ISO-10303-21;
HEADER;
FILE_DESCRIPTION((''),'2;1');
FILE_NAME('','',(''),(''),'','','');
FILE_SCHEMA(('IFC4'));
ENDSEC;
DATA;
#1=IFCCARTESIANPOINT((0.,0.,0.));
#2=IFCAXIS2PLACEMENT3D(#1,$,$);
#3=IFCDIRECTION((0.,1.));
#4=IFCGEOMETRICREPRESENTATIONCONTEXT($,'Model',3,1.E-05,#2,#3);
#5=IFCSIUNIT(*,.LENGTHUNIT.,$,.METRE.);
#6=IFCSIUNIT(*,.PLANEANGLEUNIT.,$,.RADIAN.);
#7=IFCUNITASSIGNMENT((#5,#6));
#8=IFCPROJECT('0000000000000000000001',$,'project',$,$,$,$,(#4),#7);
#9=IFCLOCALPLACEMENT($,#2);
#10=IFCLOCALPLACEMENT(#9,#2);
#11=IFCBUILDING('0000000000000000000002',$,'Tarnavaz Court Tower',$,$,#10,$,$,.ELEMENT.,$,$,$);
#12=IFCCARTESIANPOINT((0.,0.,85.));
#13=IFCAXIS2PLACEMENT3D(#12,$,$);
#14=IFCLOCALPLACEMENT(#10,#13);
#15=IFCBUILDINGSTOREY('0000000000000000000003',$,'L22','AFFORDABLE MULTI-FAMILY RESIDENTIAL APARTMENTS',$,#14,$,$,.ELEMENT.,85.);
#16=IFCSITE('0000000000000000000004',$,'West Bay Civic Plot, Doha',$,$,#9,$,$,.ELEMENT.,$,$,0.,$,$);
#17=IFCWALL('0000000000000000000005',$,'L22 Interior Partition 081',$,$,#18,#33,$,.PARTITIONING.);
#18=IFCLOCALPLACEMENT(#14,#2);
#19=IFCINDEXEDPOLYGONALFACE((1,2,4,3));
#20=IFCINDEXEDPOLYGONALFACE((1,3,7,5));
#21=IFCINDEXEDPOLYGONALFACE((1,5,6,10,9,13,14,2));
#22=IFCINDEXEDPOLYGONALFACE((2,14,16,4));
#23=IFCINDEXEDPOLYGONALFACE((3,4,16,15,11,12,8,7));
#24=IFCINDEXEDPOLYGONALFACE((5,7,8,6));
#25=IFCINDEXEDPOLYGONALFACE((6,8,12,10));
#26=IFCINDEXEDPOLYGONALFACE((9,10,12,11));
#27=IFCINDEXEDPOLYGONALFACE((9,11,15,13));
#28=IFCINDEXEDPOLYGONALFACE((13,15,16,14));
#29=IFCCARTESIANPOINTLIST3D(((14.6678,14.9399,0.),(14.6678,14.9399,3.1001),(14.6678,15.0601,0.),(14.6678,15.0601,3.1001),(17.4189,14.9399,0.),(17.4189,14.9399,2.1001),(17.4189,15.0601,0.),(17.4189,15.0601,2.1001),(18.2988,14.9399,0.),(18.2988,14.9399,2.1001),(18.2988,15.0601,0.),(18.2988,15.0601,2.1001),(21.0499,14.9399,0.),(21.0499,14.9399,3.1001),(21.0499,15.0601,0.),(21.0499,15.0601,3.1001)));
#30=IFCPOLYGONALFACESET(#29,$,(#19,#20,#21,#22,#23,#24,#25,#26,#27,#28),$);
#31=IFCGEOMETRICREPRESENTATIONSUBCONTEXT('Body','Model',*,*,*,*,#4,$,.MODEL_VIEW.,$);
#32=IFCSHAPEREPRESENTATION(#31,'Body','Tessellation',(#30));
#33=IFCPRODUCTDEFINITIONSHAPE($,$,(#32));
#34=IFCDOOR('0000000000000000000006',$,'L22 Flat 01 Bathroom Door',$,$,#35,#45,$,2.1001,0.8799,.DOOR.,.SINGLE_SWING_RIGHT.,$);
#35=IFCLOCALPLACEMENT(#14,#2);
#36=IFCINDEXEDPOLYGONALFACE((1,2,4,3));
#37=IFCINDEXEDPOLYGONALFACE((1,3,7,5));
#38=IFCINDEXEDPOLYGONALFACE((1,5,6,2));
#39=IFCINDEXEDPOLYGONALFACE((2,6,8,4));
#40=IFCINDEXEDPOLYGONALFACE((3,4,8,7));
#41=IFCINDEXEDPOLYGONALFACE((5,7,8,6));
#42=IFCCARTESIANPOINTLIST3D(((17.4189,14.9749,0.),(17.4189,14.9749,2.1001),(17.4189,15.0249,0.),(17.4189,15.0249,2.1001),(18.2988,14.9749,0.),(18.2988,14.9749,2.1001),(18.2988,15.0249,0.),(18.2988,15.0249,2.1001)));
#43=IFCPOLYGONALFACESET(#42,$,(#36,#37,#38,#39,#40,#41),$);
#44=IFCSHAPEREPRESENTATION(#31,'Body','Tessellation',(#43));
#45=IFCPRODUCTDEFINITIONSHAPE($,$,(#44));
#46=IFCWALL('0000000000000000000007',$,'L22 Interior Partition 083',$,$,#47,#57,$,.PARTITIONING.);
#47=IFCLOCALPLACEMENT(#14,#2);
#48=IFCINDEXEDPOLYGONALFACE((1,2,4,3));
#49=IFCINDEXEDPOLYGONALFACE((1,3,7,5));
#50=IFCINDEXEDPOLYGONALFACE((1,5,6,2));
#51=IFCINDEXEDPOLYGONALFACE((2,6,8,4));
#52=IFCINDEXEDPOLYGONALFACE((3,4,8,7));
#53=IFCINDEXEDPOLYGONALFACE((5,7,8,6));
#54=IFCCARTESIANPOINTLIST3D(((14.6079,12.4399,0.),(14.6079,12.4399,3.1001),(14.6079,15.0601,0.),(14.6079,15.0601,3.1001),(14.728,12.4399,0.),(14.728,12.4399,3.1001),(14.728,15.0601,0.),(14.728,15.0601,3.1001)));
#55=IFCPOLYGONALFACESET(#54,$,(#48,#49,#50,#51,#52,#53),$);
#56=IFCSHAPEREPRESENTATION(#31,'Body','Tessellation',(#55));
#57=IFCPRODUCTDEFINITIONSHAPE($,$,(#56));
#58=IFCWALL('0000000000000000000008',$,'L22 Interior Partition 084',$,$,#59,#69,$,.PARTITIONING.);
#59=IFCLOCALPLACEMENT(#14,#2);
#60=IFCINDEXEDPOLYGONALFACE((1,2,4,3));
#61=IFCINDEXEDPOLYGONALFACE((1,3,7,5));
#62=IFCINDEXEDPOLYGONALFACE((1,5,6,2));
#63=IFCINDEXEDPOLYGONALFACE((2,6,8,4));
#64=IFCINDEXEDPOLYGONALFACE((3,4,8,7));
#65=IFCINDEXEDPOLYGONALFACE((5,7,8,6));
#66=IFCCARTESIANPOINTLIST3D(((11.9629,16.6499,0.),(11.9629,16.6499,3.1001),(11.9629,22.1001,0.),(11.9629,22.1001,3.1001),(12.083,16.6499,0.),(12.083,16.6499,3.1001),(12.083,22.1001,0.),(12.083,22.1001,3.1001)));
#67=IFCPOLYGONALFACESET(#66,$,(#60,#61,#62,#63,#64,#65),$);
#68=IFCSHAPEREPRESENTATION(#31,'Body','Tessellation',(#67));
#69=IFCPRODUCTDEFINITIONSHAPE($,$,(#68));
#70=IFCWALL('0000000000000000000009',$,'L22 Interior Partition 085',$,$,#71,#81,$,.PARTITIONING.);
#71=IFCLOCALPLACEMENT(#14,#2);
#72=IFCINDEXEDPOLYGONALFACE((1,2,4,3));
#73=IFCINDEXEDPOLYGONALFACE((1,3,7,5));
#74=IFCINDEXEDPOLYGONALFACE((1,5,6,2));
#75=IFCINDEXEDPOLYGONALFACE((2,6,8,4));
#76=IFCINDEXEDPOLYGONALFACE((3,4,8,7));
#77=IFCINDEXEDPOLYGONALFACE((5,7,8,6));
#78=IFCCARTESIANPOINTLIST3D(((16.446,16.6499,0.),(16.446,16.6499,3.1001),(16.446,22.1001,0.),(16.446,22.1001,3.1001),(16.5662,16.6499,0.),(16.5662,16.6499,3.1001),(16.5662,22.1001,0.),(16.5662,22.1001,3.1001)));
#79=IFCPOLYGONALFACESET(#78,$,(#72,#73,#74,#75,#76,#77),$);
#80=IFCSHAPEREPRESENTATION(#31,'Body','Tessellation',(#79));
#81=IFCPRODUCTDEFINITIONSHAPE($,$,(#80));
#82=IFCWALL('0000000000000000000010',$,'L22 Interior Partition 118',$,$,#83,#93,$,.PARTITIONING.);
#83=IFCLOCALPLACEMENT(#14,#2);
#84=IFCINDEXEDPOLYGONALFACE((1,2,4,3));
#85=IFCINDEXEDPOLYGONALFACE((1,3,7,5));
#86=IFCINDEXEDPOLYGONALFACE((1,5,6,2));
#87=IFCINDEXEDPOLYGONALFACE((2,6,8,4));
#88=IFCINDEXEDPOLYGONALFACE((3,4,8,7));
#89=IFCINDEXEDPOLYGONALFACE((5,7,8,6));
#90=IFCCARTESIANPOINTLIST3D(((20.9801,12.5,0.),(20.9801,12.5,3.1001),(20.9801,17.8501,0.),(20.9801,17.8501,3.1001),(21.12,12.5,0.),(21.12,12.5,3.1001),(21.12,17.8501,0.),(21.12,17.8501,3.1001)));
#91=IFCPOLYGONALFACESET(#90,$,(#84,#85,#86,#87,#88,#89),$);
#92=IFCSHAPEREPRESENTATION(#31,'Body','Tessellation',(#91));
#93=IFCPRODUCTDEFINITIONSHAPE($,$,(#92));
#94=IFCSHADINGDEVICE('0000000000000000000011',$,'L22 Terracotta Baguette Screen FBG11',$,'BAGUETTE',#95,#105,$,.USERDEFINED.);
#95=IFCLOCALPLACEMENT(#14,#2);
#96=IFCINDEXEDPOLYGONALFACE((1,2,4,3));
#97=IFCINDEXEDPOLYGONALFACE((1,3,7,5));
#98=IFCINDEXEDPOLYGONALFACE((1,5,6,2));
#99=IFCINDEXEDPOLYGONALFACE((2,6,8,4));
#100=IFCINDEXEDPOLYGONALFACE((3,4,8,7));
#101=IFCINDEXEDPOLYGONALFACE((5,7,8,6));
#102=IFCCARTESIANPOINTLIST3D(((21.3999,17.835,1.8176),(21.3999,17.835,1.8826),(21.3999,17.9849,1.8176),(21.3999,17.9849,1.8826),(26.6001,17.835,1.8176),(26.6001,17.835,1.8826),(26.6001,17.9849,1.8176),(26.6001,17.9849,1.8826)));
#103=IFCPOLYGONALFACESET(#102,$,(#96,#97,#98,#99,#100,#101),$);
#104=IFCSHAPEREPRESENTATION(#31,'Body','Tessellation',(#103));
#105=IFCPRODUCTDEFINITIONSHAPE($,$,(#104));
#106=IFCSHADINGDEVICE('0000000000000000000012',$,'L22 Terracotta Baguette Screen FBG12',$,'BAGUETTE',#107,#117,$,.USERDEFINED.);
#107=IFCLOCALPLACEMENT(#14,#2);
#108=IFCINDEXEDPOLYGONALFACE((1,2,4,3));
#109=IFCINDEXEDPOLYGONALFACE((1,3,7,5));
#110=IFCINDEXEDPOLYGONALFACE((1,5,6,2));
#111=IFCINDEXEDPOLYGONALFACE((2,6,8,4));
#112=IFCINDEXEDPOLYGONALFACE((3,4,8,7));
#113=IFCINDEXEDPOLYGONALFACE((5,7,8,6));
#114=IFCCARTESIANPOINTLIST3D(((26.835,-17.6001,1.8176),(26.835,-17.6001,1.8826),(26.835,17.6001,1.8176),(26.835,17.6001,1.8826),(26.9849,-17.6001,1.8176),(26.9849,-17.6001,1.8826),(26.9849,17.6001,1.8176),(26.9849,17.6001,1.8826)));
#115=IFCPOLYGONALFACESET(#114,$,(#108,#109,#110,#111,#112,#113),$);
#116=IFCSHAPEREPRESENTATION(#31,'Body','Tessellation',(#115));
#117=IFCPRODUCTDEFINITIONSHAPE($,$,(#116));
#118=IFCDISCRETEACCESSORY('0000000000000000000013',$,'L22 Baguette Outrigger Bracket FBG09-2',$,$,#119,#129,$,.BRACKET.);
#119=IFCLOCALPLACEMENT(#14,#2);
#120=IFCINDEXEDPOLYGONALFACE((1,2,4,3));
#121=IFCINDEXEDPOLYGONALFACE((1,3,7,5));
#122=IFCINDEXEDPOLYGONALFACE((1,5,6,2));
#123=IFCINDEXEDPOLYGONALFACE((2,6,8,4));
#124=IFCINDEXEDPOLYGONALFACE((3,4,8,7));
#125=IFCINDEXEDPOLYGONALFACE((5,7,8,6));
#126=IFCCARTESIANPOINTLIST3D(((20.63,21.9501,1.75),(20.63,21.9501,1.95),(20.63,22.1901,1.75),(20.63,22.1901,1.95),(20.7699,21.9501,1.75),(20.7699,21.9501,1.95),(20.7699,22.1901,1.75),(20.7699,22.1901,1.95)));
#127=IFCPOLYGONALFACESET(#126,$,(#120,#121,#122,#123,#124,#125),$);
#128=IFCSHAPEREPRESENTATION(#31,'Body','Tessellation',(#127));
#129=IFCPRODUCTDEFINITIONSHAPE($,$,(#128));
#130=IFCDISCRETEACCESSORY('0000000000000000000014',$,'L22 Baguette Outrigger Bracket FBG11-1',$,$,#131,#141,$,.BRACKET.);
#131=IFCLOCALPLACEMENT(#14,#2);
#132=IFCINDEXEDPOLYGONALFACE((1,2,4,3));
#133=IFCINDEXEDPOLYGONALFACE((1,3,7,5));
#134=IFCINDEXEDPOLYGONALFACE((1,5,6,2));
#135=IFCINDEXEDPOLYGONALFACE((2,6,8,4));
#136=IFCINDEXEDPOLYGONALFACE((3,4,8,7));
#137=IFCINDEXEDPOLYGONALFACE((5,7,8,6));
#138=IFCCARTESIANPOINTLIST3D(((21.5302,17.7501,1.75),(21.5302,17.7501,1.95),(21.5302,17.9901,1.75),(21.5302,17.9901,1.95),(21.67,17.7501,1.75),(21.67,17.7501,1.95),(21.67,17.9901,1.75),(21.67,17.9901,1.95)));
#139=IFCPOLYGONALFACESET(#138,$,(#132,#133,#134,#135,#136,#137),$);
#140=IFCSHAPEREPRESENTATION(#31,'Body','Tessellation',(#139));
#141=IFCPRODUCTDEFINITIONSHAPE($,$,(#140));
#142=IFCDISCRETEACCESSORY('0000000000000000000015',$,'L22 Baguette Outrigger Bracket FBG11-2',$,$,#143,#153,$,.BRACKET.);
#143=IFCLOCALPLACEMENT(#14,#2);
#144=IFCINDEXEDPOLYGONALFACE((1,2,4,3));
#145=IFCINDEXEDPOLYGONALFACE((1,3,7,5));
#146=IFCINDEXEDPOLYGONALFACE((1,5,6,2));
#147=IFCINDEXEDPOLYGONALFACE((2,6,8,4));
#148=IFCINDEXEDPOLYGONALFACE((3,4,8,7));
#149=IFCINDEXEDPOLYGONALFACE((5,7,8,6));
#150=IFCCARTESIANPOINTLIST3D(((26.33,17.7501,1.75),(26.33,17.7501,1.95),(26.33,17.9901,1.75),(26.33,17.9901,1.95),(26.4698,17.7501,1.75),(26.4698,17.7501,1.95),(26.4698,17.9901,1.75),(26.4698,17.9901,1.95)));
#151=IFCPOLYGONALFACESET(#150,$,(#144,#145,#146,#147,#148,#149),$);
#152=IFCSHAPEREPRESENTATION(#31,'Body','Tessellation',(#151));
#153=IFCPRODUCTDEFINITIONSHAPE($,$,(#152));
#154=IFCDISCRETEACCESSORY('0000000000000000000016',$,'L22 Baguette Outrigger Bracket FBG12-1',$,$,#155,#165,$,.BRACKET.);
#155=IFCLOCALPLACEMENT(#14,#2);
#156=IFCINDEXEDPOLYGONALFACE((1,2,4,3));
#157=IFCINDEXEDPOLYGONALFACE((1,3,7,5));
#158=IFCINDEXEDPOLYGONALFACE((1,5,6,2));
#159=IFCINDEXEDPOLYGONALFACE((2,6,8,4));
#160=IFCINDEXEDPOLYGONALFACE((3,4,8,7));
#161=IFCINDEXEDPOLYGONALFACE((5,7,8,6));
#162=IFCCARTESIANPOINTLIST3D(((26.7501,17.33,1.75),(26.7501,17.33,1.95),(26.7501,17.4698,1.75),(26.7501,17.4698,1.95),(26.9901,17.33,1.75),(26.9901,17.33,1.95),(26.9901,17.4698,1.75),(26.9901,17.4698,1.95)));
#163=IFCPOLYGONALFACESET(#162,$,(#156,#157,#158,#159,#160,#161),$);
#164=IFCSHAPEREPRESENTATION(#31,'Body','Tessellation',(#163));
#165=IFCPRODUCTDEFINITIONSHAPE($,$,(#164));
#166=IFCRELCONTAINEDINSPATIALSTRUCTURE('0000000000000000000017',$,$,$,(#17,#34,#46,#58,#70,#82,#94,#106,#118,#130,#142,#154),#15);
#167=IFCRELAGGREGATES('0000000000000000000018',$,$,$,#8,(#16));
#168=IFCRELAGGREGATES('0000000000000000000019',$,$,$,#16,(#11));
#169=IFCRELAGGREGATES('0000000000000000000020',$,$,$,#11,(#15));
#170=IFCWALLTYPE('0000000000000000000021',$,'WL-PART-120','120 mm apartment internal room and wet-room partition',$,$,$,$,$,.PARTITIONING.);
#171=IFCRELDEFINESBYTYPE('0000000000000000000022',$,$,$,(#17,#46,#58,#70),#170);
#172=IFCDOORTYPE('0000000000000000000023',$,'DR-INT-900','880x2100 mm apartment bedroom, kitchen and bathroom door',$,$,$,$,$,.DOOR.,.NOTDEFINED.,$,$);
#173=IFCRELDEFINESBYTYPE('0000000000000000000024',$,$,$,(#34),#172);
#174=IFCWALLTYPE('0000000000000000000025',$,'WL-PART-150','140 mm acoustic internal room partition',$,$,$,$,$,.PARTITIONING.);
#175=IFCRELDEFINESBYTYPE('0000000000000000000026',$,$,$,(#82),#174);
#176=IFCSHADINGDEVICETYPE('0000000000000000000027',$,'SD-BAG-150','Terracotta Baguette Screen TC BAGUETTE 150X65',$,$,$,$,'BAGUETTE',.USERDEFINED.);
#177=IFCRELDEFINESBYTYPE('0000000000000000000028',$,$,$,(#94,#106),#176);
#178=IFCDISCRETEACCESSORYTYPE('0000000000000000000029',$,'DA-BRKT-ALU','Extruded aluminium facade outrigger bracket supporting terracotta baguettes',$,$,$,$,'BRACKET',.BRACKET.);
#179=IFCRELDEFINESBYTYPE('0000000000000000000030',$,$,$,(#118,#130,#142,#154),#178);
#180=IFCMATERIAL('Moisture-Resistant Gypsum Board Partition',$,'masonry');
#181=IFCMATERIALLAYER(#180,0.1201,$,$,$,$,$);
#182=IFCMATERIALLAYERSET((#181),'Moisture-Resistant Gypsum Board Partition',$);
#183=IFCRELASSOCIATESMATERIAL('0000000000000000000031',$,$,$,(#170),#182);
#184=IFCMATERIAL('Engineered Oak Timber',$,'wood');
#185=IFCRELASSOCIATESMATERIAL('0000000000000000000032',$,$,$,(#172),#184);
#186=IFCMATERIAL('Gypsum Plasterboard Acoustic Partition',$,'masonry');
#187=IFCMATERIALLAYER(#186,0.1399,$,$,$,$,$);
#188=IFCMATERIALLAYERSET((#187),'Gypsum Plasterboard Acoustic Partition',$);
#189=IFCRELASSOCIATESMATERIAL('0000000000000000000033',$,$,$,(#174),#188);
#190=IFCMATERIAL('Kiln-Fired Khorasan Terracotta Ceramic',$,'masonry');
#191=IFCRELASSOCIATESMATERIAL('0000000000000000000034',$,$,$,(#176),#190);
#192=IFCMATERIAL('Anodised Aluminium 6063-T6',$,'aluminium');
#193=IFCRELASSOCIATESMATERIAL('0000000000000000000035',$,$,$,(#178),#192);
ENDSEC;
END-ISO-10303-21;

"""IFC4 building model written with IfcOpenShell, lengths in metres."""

from ifc_helpers import new_model, si_unit, direction, frame, frame_2d, origin, origin_2d, place, context, subcontext, project, spatial, rectangle, extrude, material, layer, layer_set, material_profile, profile_set, type_object, element, fill, save


model = new_model("IFC4")

# Units and contexts
model_context = context("Model", 3, precision=1e-05, world=origin(), true_north=direction((0.0, 1.0)))
body_context = subcontext(model_context, "Body", "Model", "MODEL_VIEW")
ifc_project = project(units=[si_unit("LENGTHUNIT", "METRE"), si_unit("PLANEANGLEUNIT", "RADIAN")], contexts=[model_context])

# Site, building, storey
site_placement = place(None, origin())
site = spatial("IfcSite", under=ifc_project, at=site_placement, Name="West Bay Civic Plot, Doha", CompositionType="ELEMENT", RefElevation=0.0)
building_placement = place(site_placement, origin())
building = spatial("IfcBuilding", under=site, at=building_placement, Name="Tarnavaz Court Tower", CompositionType="ELEMENT")
storey_placement = place(building_placement, frame((0.0, 0.0, 85.0)))
storey = spatial("IfcBuildingStorey", under=building, at=storey_placement, Name="L22", Description="AFFORDABLE MULTI-FAMILY RESIDENTIAL APARTMENTS", CompositionType="ELEMENT", Elevation=85.0)

# Wall, opening, door
ifc_material_1 = material(Name="Engineered Oak Timber", Category="wood")
ifc_material_2 = material(Name="Moisture-Resistant Gypsum Board Partition", Category="masonry")
ifc_layer_1 = layer(ifc_material_2, 0.1201)
ifc_layer_set_1 = layer_set([ifc_layer_1], Name="Moisture-Resistant Gypsum Board Partition")
wall_type_1 = type_object("IfcWallType", Name="WL-PART-120", Description="120 mm apartment internal room and wet-room partition", PredefinedType="PARTITIONING", material=ifc_layer_set_1)
wall_1_placement = place(storey_placement, frame((14.668, 15.0, 0.0), z_axis=(0.0, 0.0, 1.0), x_axis=(1.0, 0.0, 0.0)))
wall_1 = element("IfcWall", 1, at=wall_1_placement, inside=storey, type_object=wall_type_1, Name="L22 Interior Partition 081", PredefinedType="PARTITIONING", context=body_context, shape_type="SweptSolid", body=[
    extrude(rectangle(XDim=6.3821, YDim=0.1201, at=frame_2d((3.1909, 0.0))), origin(), (0.0, 0.0, 1.0), 3.1001),
])
opening_1_placement = place(wall_1_placement, frame((2.751, 0.0, 0.0)))
opening_1 = element("IfcOpeningElement", 2, at=opening_1_placement, cuts=wall_1, PredefinedType="OPENING", context=body_context, shape_type="SweptSolid", body=[
    extrude(rectangle(XDim=0.8799, YDim=2.1001, at=frame_2d((0.4399, 1.05))), frame((0.0, 0.0701, 0.0), z_axis=(0.0, -1.0, 0.0), x_axis=(1.0, 0.0, 0.0)), (0.0, 0.0, 1.0), 0.1401),
])
door_type_1 = type_object("IfcDoorType", Name="DR-INT-900", Description="880x2100 mm apartment bedroom, kitchen and bathroom door", OperationType="NOTDEFINED", PredefinedType="DOOR", material=ifc_material_1)
door_1_placement = place(opening_1_placement, origin())
door_1 = element("IfcDoor", 3, at=door_1_placement, inside=storey, type_object=door_type_1, Name="L22 Flat 01 Bathroom Door", OperationType="SINGLE_SWING_RIGHT", OverallHeight=2.1001, OverallWidth=0.8799, PredefinedType="DOOR", context=body_context, shape_type="SweptSolid", body=[
    extrude(rectangle(XDim=0.8799, YDim=2.1001, at=frame_2d((0.4399, 1.05))), frame((0.0, 0.0249, 0.0), z_axis=(0.0, -1.0, 0.0), x_axis=(1.0, 0.0, 0.0)), (0.0, 0.0, 1.0), 0.05),
])
fill(opening_1, door_1)

# Walls
wall_2_placement = place(storey_placement, frame((14.668, 12.4399, 0.0), z_axis=(0.0, 0.0, 1.0), x_axis=(0.0, 1.0, 0.0)))
element("IfcWall", 4, at=wall_2_placement, inside=storey, type_object=wall_type_1, Name="L22 Interior Partition 083", PredefinedType="PARTITIONING", context=body_context, shape_type="SweptSolid", body=[
    extrude(rectangle(XDim=2.6201, YDim=0.1201, at=frame_2d((1.3101, 0.0))), origin(), (0.0, 0.0, 1.0), 3.1001),
])
for number, where, z_axis, x_axis, name in (
    (5, (12.0229, 16.6499, 0.0), (0.0, 0.0, 1.0), (0.0, 1.0, 0.0), "L22 Interior Partition 084"),
    (6, (16.5061, 16.6499, 0.0), (0.0, 0.0, 1.0), (0.0, 1.0, 0.0), "L22 Interior Partition 085"),
):
    element("IfcWall", number, at=place(storey_placement, frame(where, z_axis=z_axis, x_axis=x_axis)), inside=storey, type_object=wall_type_1, Name=name, PredefinedType="PARTITIONING", context=body_context, shape_type="SweptSolid", body=[
        extrude(rectangle(XDim=5.4502, YDim=0.1201, at=frame_2d((2.7251, 0.0))), origin(), (0.0, 0.0, 1.0), 3.1001),
    ])
ifc_material_3 = material(Name="Gypsum Plasterboard Acoustic Partition", Category="masonry")
ifc_layer_2 = layer(ifc_material_3, 0.1399)
ifc_layer_set_2 = layer_set([ifc_layer_2], Name="Gypsum Plasterboard Acoustic Partition")
wall_type_2 = type_object("IfcWallType", Name="WL-PART-150", Description="140 mm acoustic internal room partition", PredefinedType="PARTITIONING", material=ifc_layer_set_2)
wall_3_placement = place(storey_placement, frame((21.05, 12.5, 0.0), z_axis=(0.0, 0.0, 1.0), x_axis=(0.0, 1.0, 0.0)))
element("IfcWall", 7, at=wall_3_placement, inside=storey, type_object=wall_type_2, Name="L22 Interior Partition 118", PredefinedType="PARTITIONING", context=body_context, shape_type="SweptSolid", body=[
    extrude(rectangle(XDim=5.3501, YDim=0.1399, at=frame_2d((2.675, 0.0))), origin(), (0.0, 0.0, 1.0), 3.1001),
])

# Shading devices
ifc_material_4 = material(Name="Kiln-Fired Khorasan Terracotta Ceramic", Category="masonry")
ifc_material_profile_1 = material_profile(ifc_material_4, rectangle(XDim=0.1499, YDim=0.0649, at=origin_2d()), Name="TC BAGUETTE 150X65")
ifc_profile_set_1 = profile_set([ifc_material_profile_1], Name="Kiln-Fired Khorasan Terracotta Ceramic")
shading_device_type = type_object("IfcShadingDeviceType", Name="SD-BAG-150", Description="Terracotta Baguette Screen TC BAGUETTE 150X65", ElementType="BAGUETTE", PredefinedType="USERDEFINED", material=ifc_profile_set_1)
shading_device_1_placement = place(storey_placement, frame((21.3999, 17.9099, 1.8501), z_axis=(1.0, 0.0, 0.0), x_axis=(0.0, 1.0, 0.0)))
element("IfcShadingDevice", 8, at=shading_device_1_placement, inside=storey, type_object=shading_device_type, Name="L22 Terracotta Baguette Screen FBG11", ObjectType="BAGUETTE", PredefinedType="USERDEFINED", context=body_context, shape_type="SweptSolid", body=[
    extrude(rectangle(XDim=0.1499, YDim=0.0649, at=origin_2d()), origin(), (0.0, 0.0, 1.0), 5.2002),
])
shading_device_2_placement = place(storey_placement, frame((26.9099, 17.6001, 1.8501), z_axis=(0.0, -1.0, 0.0), x_axis=(1.0, 0.0, 0.0)))
element("IfcShadingDevice", 9, at=shading_device_2_placement, inside=storey, type_object=shading_device_type, Name="L22 Terracotta Baguette Screen FBG12", ObjectType="BAGUETTE", PredefinedType="USERDEFINED", context=body_context, shape_type="SweptSolid", body=[
    extrude(rectangle(XDim=0.1499, YDim=0.0649, at=origin_2d()), origin(), (0.0, 0.0, 1.0), 35.2002),
])

# Discrete accessories
ifc_material_5 = material(Name="Anodised Aluminium 6063-T6", Category="aluminium")
discrete_accessory_type = type_object("IfcDiscreteAccessoryType", Name="DA-BRKT-ALU", Description="Extruded aluminium facade outrigger bracket supporting terracotta baguettes", ElementType="BRACKET", PredefinedType="BRACKET", material=ifc_material_5)
for number, where, z_axis, x_axis, name in (
    (10, (20.7, 22.0701, 1.75), (0.0, 0.0, 1.0), (1.0, 0.0, 0.0), "L22 Baguette Outrigger Bracket FBG09-2"),
    (11, (21.6001, 17.8701, 1.75), (0.0, 0.0, 1.0), (1.0, 0.0, 0.0), "L22 Baguette Outrigger Bracket FBG11-1"),
    (12, (26.3999, 17.8701, 1.75), (0.0, 0.0, 1.0), (1.0, 0.0, 0.0), "L22 Baguette Outrigger Bracket FBG11-2"),
    (13, (26.8701, 17.3999, 1.75), (0.0, 0.0, 1.0), (0.0, -1.0, 0.0), "L22 Baguette Outrigger Bracket FBG12-1"),
):
    element("IfcDiscreteAccessory", number, at=place(storey_placement, frame(where, z_axis=z_axis, x_axis=x_axis)), inside=storey, type_object=discrete_accessory_type, Name=name, PredefinedType="BRACKET", context=body_context, shape_type="SweptSolid", body=[
        extrude(rectangle(XDim=0.1399, YDim=0.24, at=origin_2d()), origin(), (0.0, 0.0, 1.0), 0.2),
    ])

save(model, "model.ifc")
